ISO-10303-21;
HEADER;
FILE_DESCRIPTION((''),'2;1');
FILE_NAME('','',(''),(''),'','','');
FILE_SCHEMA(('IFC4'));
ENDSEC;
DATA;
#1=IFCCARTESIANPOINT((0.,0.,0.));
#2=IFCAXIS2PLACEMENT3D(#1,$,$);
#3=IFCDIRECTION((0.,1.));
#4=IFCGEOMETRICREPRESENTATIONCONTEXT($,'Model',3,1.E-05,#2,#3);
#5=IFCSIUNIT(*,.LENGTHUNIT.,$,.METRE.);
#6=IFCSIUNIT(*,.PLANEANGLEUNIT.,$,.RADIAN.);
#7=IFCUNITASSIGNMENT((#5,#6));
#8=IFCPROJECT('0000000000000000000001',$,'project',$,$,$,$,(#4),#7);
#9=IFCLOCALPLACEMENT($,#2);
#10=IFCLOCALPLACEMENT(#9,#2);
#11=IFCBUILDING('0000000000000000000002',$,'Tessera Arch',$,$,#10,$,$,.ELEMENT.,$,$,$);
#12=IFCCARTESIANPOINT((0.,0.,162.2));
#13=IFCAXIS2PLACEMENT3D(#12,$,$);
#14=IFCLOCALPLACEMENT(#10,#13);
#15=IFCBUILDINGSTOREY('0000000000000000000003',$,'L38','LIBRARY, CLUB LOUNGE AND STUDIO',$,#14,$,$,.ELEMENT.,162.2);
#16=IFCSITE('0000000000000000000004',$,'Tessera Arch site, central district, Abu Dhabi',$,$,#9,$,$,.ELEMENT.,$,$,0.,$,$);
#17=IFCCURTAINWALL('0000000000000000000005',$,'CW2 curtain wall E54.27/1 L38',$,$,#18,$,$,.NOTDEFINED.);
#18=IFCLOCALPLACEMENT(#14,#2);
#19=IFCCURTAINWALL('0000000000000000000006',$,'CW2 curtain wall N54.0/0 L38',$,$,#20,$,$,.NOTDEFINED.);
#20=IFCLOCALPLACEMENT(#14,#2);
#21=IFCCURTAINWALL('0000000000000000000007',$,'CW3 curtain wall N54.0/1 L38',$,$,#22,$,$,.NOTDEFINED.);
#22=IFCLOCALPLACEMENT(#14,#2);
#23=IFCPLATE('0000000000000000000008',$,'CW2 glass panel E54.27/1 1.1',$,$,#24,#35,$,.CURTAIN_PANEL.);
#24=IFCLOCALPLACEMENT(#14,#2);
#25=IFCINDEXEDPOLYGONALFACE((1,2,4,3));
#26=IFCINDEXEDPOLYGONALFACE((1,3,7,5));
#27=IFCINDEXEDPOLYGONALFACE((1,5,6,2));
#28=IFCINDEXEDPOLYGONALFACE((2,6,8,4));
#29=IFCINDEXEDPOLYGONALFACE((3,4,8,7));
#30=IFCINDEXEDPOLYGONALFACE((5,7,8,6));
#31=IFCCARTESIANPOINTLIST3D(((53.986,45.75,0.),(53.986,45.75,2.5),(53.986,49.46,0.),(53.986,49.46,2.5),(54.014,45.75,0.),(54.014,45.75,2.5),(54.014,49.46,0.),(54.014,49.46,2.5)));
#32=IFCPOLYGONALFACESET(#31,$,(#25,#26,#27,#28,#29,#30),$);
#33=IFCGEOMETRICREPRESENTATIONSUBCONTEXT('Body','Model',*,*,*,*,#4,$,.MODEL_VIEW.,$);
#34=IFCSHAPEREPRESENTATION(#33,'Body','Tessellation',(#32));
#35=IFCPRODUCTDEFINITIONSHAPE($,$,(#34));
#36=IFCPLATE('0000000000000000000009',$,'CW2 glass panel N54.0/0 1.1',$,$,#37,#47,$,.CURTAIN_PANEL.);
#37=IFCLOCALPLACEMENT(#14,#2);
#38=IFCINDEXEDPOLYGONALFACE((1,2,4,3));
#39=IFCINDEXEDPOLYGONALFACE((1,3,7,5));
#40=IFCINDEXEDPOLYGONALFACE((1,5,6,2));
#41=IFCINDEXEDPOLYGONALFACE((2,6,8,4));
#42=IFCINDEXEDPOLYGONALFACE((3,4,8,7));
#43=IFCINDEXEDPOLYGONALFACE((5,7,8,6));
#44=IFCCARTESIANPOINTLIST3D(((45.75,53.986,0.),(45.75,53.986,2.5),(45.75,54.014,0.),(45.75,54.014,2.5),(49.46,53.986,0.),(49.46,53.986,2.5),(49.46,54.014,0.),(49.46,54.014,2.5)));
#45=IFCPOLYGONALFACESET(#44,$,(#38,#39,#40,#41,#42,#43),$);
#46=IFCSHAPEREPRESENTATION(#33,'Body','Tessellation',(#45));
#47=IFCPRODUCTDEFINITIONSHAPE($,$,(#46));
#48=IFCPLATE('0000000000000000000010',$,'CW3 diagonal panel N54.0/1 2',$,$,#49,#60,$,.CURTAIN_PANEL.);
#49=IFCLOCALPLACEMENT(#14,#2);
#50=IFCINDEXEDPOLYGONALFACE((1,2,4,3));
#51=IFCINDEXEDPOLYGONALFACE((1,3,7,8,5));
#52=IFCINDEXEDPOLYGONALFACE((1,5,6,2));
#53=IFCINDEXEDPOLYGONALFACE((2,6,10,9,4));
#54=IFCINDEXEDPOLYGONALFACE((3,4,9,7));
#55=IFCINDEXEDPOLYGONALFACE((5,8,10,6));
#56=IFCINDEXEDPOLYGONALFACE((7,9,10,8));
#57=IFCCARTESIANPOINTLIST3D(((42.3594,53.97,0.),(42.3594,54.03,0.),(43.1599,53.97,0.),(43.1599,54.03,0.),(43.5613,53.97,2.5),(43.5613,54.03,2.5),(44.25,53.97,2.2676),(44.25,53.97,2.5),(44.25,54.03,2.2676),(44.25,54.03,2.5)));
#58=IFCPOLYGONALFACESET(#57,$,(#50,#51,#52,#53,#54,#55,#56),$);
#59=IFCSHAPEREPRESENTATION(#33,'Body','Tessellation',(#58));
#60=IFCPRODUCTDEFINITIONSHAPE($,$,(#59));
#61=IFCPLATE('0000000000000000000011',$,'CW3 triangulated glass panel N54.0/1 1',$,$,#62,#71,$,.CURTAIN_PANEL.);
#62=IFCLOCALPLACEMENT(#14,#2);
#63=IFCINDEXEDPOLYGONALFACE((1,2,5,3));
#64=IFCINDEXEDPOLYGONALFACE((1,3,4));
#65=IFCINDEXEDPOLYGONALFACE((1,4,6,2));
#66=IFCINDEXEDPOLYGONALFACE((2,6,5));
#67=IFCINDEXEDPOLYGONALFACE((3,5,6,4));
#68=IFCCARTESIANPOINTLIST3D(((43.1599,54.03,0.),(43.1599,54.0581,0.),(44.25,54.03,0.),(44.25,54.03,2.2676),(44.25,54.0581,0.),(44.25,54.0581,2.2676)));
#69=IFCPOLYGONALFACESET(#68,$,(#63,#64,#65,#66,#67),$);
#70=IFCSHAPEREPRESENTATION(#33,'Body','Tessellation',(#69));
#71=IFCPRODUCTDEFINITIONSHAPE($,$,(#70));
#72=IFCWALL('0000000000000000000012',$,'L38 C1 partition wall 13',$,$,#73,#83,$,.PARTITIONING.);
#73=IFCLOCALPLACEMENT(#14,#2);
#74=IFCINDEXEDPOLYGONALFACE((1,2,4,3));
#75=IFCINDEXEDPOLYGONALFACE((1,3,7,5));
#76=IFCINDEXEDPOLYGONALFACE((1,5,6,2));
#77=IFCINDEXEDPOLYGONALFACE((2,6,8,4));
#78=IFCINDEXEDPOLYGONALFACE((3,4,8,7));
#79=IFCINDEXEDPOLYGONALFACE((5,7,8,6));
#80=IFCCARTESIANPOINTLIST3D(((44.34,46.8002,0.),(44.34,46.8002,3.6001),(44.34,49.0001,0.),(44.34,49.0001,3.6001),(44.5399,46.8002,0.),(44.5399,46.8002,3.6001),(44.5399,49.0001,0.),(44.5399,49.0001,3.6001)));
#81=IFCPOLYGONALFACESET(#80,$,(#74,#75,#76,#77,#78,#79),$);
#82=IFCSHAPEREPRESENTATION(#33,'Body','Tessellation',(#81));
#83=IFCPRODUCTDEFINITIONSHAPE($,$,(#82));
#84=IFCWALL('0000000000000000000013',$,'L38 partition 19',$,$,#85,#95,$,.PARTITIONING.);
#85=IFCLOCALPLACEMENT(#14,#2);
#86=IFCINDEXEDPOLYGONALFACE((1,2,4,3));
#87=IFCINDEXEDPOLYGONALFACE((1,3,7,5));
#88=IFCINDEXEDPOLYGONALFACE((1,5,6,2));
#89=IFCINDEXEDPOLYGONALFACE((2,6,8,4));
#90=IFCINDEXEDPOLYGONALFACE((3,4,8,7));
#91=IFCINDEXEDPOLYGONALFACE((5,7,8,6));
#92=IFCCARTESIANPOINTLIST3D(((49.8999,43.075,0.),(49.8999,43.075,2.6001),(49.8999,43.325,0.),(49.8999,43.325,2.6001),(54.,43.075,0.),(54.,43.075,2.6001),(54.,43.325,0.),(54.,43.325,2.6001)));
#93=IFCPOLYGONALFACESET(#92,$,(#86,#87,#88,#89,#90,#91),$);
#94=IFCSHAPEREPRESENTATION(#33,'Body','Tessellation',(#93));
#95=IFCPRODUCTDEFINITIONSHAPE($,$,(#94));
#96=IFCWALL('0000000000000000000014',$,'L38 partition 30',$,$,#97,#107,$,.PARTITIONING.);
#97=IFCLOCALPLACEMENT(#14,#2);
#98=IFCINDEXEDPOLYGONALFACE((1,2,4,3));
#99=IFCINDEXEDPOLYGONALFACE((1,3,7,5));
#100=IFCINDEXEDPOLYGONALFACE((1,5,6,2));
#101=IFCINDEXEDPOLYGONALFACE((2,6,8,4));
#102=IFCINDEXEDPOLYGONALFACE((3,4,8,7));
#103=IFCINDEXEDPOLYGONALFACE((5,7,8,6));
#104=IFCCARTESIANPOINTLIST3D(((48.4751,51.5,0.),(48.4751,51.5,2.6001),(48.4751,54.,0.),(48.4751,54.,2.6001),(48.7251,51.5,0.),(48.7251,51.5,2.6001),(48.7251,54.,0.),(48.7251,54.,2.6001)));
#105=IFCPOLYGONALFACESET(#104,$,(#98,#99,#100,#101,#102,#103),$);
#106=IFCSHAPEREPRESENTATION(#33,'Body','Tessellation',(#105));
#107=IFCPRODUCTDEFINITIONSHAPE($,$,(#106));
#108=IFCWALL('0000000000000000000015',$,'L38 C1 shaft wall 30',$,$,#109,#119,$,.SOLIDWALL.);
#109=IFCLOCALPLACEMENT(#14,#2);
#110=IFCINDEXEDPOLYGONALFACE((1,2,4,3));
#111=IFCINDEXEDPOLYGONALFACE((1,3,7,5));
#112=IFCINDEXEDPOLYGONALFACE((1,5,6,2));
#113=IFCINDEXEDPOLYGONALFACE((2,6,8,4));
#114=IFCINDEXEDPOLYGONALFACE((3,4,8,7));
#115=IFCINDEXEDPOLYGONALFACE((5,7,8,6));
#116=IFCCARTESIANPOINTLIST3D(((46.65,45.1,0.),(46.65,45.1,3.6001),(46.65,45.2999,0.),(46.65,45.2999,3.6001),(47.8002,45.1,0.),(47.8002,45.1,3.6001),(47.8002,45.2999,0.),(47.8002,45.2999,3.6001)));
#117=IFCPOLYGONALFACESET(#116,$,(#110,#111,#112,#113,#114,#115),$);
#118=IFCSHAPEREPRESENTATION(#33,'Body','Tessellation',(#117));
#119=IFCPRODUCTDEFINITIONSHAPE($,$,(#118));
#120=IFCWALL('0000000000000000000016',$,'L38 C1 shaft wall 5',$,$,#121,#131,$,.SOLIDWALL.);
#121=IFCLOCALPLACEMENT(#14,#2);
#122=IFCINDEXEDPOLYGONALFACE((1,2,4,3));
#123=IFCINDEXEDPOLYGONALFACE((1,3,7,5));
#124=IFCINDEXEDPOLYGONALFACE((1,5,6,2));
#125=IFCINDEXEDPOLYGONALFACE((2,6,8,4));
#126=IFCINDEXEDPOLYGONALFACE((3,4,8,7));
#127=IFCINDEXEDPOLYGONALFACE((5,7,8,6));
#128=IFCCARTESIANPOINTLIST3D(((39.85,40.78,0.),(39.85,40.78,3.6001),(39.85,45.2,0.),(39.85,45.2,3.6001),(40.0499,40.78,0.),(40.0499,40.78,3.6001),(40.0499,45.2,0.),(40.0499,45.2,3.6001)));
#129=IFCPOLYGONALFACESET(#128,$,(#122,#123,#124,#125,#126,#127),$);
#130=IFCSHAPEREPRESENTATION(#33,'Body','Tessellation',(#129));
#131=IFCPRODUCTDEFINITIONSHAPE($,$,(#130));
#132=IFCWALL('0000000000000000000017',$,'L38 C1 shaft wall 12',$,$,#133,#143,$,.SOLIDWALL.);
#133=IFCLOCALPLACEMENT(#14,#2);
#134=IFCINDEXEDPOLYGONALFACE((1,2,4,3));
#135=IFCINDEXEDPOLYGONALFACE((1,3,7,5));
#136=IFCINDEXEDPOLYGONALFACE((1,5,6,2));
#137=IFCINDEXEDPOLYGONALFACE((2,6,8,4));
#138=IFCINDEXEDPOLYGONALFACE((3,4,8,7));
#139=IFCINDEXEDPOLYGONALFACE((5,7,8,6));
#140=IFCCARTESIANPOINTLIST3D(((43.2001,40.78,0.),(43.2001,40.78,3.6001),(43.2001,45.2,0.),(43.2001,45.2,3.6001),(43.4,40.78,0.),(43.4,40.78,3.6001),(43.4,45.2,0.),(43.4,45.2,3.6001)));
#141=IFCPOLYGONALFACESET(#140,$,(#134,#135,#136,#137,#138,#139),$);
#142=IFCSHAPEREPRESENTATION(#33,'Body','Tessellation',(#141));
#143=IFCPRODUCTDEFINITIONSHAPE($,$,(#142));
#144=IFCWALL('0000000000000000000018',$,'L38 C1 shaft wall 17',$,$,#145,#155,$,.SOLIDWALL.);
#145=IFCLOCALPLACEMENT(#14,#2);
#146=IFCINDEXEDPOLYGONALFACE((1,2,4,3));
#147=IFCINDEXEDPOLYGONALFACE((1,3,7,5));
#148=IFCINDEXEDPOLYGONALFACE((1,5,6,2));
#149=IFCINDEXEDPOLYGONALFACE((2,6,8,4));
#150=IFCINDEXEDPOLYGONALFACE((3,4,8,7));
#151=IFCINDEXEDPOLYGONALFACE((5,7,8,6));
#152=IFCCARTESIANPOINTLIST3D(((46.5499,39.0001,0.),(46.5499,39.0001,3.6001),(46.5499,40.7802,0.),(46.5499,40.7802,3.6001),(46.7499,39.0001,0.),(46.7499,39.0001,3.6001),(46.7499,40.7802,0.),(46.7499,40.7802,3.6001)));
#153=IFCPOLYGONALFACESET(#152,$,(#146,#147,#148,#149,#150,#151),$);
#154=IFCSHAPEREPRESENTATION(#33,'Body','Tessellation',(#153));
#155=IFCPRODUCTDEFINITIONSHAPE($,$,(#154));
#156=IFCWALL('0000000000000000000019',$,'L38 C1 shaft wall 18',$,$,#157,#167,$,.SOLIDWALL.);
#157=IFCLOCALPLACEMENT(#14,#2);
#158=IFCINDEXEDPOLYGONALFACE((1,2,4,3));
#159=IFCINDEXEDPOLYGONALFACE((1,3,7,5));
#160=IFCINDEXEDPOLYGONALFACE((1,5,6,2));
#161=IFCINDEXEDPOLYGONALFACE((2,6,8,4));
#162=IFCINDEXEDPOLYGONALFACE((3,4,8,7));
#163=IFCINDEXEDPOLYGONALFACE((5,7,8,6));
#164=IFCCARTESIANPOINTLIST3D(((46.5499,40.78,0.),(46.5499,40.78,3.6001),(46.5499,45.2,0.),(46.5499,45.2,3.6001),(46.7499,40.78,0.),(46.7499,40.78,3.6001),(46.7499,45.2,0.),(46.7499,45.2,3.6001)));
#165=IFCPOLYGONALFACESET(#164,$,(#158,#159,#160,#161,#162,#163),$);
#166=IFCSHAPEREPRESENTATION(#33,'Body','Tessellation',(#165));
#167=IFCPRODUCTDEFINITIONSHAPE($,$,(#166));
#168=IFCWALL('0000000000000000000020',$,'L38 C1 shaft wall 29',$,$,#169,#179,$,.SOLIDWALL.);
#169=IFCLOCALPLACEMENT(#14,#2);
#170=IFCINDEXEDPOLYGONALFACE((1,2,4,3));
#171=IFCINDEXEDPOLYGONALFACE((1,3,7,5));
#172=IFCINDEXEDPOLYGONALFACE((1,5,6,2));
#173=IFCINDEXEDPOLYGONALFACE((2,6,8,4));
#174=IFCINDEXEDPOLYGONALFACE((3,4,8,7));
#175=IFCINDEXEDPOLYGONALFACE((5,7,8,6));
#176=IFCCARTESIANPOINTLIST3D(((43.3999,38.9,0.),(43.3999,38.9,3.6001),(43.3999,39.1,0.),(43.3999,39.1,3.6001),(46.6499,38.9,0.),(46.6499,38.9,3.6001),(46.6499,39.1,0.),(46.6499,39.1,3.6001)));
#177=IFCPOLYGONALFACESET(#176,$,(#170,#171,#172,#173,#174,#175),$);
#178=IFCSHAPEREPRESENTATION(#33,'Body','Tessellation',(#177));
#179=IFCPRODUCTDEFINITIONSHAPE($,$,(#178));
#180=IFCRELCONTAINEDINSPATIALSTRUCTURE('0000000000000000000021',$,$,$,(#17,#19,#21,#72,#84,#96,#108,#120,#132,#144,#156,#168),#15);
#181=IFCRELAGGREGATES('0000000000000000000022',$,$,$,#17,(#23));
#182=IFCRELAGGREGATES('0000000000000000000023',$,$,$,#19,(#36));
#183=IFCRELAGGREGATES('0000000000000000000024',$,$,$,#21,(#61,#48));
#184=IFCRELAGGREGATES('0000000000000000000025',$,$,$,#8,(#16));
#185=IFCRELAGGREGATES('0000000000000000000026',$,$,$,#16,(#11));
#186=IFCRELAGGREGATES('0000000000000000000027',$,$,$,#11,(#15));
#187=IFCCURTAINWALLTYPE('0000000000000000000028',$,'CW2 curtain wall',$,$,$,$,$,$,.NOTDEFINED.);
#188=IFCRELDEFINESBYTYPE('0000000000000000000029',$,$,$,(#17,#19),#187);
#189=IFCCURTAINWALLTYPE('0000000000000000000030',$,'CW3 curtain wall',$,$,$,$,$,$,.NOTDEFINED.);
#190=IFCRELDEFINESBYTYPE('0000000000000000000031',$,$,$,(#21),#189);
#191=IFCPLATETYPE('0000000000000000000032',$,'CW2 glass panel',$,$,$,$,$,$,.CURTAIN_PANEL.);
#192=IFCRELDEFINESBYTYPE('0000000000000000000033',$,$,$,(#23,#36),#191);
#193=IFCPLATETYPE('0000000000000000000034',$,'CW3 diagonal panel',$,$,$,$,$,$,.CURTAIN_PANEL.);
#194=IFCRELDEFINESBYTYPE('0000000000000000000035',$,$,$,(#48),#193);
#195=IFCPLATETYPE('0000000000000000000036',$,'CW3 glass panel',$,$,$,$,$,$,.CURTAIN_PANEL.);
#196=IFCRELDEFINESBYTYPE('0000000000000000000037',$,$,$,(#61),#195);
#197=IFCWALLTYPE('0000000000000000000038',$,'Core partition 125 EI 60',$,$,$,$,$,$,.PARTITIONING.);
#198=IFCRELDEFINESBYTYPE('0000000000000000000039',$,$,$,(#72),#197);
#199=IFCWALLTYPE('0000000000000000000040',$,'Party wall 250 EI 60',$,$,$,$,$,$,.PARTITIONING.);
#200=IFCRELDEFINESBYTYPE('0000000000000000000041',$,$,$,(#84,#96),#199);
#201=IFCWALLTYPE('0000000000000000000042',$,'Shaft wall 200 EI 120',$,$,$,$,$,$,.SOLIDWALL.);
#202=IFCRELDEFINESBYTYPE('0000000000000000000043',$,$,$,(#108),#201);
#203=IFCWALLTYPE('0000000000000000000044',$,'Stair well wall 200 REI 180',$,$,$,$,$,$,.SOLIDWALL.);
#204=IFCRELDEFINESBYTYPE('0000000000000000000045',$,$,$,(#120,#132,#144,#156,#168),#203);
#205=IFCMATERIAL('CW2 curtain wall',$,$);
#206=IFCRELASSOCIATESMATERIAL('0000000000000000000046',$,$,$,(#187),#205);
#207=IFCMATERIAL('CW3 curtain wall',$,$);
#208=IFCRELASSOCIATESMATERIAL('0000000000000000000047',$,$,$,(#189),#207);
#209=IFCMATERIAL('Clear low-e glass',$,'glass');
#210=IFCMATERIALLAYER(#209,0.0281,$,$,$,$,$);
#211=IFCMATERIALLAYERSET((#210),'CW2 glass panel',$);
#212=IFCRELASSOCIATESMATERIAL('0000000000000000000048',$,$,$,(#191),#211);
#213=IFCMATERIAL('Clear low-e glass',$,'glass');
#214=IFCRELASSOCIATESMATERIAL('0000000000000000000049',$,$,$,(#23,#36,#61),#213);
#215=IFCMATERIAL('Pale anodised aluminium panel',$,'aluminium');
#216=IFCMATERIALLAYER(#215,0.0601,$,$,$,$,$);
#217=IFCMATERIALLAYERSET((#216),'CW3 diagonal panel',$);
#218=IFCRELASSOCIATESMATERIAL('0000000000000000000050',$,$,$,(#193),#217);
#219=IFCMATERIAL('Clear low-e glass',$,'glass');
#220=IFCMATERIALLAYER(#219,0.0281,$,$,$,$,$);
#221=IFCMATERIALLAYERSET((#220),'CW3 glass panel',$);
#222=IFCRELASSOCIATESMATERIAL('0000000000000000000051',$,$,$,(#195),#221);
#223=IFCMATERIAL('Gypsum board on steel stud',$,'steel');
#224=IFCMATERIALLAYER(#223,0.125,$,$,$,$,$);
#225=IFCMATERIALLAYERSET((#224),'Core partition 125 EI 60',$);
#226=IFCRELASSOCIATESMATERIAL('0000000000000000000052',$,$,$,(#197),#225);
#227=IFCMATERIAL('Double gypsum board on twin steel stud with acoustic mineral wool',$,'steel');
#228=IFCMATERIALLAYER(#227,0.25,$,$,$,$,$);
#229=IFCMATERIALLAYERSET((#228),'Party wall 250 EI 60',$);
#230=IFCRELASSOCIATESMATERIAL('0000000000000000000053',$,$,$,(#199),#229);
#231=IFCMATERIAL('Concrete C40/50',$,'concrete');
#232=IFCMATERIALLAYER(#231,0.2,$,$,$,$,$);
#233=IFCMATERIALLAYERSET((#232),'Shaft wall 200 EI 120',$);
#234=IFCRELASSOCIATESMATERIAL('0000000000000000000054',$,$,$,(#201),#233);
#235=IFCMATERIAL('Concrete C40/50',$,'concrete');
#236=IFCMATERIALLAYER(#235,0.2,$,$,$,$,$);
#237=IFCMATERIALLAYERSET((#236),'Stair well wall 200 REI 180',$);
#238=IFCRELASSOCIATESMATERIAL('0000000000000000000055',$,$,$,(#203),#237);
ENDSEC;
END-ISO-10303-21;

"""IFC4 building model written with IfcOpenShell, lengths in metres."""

from ifc_helpers import new_model, si_unit, direction, frame, frame_2d, origin, origin_2d, place, context, subcontext, project, spatial, polyline, rectangle, outline, extrude, material, layer, layer_set, type_object, element, aggregate, save


model = new_model("IFC4")

# Units and contexts
model_context = context("Model", 3, precision=1e-05, world=origin(), true_north=direction((0.0, 1.0)))
body_context = subcontext(model_context, "Body", "Model", "MODEL_VIEW")
ifc_project = project(units=[si_unit("LENGTHUNIT", "METRE"), si_unit("PLANEANGLEUNIT", "RADIAN")], contexts=[model_context])

# Site, building, storey
site_placement = place(None, origin())
site = spatial("IfcSite", under=ifc_project, at=site_placement, Name="Tessera Arch site, central district, Abu Dhabi", CompositionType="ELEMENT", RefElevation=0.0)
building_placement = place(site_placement, origin())
building = spatial("IfcBuilding", under=site, at=building_placement, Name="Tessera Arch", CompositionType="ELEMENT")
storey_placement = place(building_placement, frame((0.0, 0.0, 162.2)))
storey = spatial("IfcBuildingStorey", under=building, at=storey_placement, Name="L38", Description="LIBRARY, CLUB LOUNGE AND STUDIO", CompositionType="ELEMENT", Elevation=162.2)

# Curtain walls
ifc_material_1 = material(Name="CW2 curtain wall")
curtain_wall_type_1 = type_object("IfcCurtainWallType", Name="CW2 curtain wall", PredefinedType="NOTDEFINED", material=ifc_material_1)
curtain_wall_1_placement = place(storey_placement, origin())
curtain_wall_1 = element("IfcCurtainWall", 1, at=curtain_wall_1_placement, inside=storey, type_object=curtain_wall_type_1, Name="CW2 curtain wall E54.27/1 L38", PredefinedType="NOTDEFINED")
curtain_wall_2_placement = place(storey_placement, origin())
curtain_wall_2 = element("IfcCurtainWall", 2, at=curtain_wall_2_placement, inside=storey, type_object=curtain_wall_type_1, Name="CW2 curtain wall N54.0/0 L38", PredefinedType="NOTDEFINED")
ifc_material_2 = material(Name="CW3 curtain wall")
curtain_wall_type_2 = type_object("IfcCurtainWallType", Name="CW3 curtain wall", PredefinedType="NOTDEFINED", material=ifc_material_2)
curtain_wall_3_placement = place(storey_placement, origin())
curtain_wall_3 = element("IfcCurtainWall", 3, at=curtain_wall_3_placement, inside=storey, type_object=curtain_wall_type_2, Name="CW3 curtain wall N54.0/1 L38", PredefinedType="NOTDEFINED")

# Plates
ifc_material_3 = material(Name="Clear low-e glass", Category="glass")
ifc_material_4 = material(Name="Clear low-e glass", Category="glass")
ifc_layer_1 = layer(ifc_material_4, 0.0281)
ifc_layer_set_1 = layer_set([ifc_layer_1], Name="CW2 glass panel")
plate_type_1 = type_object("IfcPlateType", Name="CW2 glass panel", PredefinedType="CURTAIN_PANEL", material=ifc_layer_set_1)
plate_1_placement = place(storey_placement, frame((54.0, 47.605, 0.0), z_axis=(0.0, 0.0, 1.0), x_axis=(0.0, 1.0, 0.0)))
plate_1 = element("IfcPlate", 4, at=plate_1_placement, type_object=plate_type_1, material=ifc_material_3, Name="CW2 glass panel E54.27/1 1.1", PredefinedType="CURTAIN_PANEL", context=body_context, shape_type="SweptSolid", body=[
    extrude(rectangle(XDim=3.71, YDim=0.0281, at=origin_2d()), origin(), (0.0, 0.0, 1.0), 2.5),
])
aggregate(curtain_wall_1, [plate_1])
plate_2_placement = place(storey_placement, frame((47.605, 54.0, 0.0), z_axis=(0.0, 0.0, 1.0), x_axis=(-1.0, 0.0, 0.0)))
plate_2 = element("IfcPlate", 5, at=plate_2_placement, type_object=plate_type_1, material=ifc_material_3, Name="CW2 glass panel N54.0/0 1.1", PredefinedType="CURTAIN_PANEL", context=body_context, shape_type="SweptSolid", body=[
    extrude(rectangle(XDim=3.71, YDim=0.0281, at=origin_2d()), origin(), (0.0, 0.0, 1.0), 2.5),
])
aggregate(curtain_wall_2, [plate_2])
ifc_material_5 = material(Name="Pale anodised aluminium panel", Category="aluminium")
ifc_layer_2 = layer(ifc_material_5, 0.0601)
ifc_layer_set_2 = layer_set([ifc_layer_2], Name="CW3 diagonal panel")
plate_type_2 = type_object("IfcPlateType", Name="CW3 diagonal panel", PredefinedType="CURTAIN_PANEL", material=ifc_layer_set_2)
plate_3_placement = place(storey_placement, frame((44.25, 54.03, 2.5), z_axis=(0.0, 1.0, 0.0), x_axis=(0.0, 0.0, -1.0)))
plate_3 = element("IfcPlate", 6, at=plate_3_placement, type_object=plate_type_2, Name="CW3 diagonal panel N54.0/1 2", PredefinedType="CURTAIN_PANEL", context=body_context, shape_type="SweptSolid", body=[
    extrude(outline(polyline([(0.0, 0.0), (0.2324, 0.0), (2.5, 1.0901), (2.5, 1.8906), (0.0, 0.6887), (0.0, 0.0)])), origin(), (0.0, 0.0, -1.0), 0.0601),
])
ifc_material_6 = material(Name="Clear low-e glass", Category="glass")
ifc_layer_3 = layer(ifc_material_6, 0.0281)
ifc_layer_set_3 = layer_set([ifc_layer_3], Name="CW3 glass panel")
plate_type_3 = type_object("IfcPlateType", Name="CW3 glass panel", PredefinedType="CURTAIN_PANEL", material=ifc_layer_set_3)
plate_4_placement = place(storey_placement, frame((44.25, 54.0581, 0.0), z_axis=(0.0, 1.0, 0.0), x_axis=(-1.0, 0.0, 0.0)))
plate_4 = element("IfcPlate", 7, at=plate_4_placement, type_object=plate_type_3, material=ifc_material_3, Name="CW3 triangulated glass panel N54.0/1 1", PredefinedType="CURTAIN_PANEL", context=body_context, shape_type="SweptSolid", body=[
    extrude(outline(polyline([(0.0, 0.0), (1.0901, 0.0), (0.0, 2.2676), (0.0, 0.0)])), origin(), (0.0, 0.0, -1.0), 0.0281),
])
aggregate(curtain_wall_3, [plate_4, plate_3])

# Walls
ifc_material_7 = material(Name="Gypsum board on steel stud", Category="steel")
ifc_layer_4 = layer(ifc_material_7, 0.125)
ifc_layer_set_4 = layer_set([ifc_layer_4], Name="Core partition 125 EI 60")
wall_type_1 = type_object("IfcWallType", Name="Core partition 125 EI 60", PredefinedType="PARTITIONING", material=ifc_layer_set_4)
wall_1_placement = place(storey_placement, frame((44.4399, 46.8, 0.0), z_axis=(0.0, 0.0, 1.0), x_axis=(0.0, 1.0, 0.0)))
element("IfcWall", 8, at=wall_1_placement, inside=storey, type_object=wall_type_1, Name="L38 C1 partition wall 13", PredefinedType="PARTITIONING", context=body_context, shape_type="SweptSolid", body=[
    extrude(rectangle(XDim=2.2, YDim=0.2, at=frame_2d((1.1001, 0.0))), origin(), (0.0, 0.0, 1.0), 3.6001),
])
ifc_material_8 = material(Name="Double gypsum board on twin steel stud with acoustic mineral wool", Category="steel")
ifc_layer_5 = layer(ifc_material_8, 0.25)
ifc_layer_set_5 = layer_set([ifc_layer_5], Name="Party wall 250 EI 60")
wall_type_2 = type_object("IfcWallType", Name="Party wall 250 EI 60", PredefinedType="PARTITIONING", material=ifc_layer_set_5)
wall_2_placement = place(storey_placement, frame((49.8999, 43.2, 0.0), z_axis=(0.0, 0.0, 1.0), x_axis=(1.0, 0.0, 0.0)))
element("IfcWall", 9, at=wall_2_placement, inside=storey, type_object=wall_type_2, Name="L38 partition 19", PredefinedType="PARTITIONING", context=body_context, shape_type="SweptSolid", body=[
    extrude(rectangle(XDim=4.1001, YDim=0.25, at=frame_2d((2.05, 0.0))), origin(), (0.0, 0.0, 1.0), 2.6001),
])
wall_3_placement = place(storey_placement, frame((48.6001, 51.5, 0.0), z_axis=(0.0, 0.0, 1.0), x_axis=(0.0, 1.0, 0.0)))
element("IfcWall", 10, at=wall_3_placement, inside=storey, type_object=wall_type_2, Name="L38 partition 30", PredefinedType="PARTITIONING", context=body_context, shape_type="SweptSolid", body=[
    extrude(rectangle(XDim=2.5, YDim=0.25, at=frame_2d((1.25, 0.0))), origin(), (0.0, 0.0, 1.0), 2.6001),
])
ifc_material_9 = material(Name="Concrete C40/50", Category="concrete")
ifc_layer_6 = layer(ifc_material_9, 0.2)
ifc_layer_set_6 = layer_set([ifc_layer_6], Name="Shaft wall 200 EI 120")
wall_type_3 = type_object("IfcWallType", Name="Shaft wall 200 EI 120", PredefinedType="SOLIDWALL", material=ifc_layer_set_6)
wall_4_placement = place(storey_placement, frame((46.6499, 45.2, 0.0), z_axis=(0.0, 0.0, 1.0), x_axis=(1.0, 0.0, 0.0)))
element("IfcWall", 11, at=wall_4_placement, inside=storey, type_object=wall_type_3, Name="L38 C1 shaft wall 30", PredefinedType="SOLIDWALL", context=body_context, shape_type="SweptSolid", body=[
    extrude(rectangle(XDim=1.1501, YDim=0.2, at=frame_2d((0.5752, 0.0))), origin(), (0.0, 0.0, 1.0), 3.6001),
])
ifc_material_10 = material(Name="Concrete C40/50", Category="concrete")
ifc_layer_7 = layer(ifc_material_10, 0.2)
ifc_layer_set_7 = layer_set([ifc_layer_7], Name="Stair well wall 200 REI 180")
wall_type_4 = type_object("IfcWallType", Name="Stair well wall 200 REI 180", PredefinedType="SOLIDWALL", material=ifc_layer_set_7)
for number, where, z_axis, x_axis, name in (
    (12, (39.95, 40.78, 0.0), (0.0, 0.0, 1.0), (0.0, 1.0, 0.0), "L38 C1 shaft wall 5"),
    (13, (43.3, 40.78, 0.0), (0.0, 0.0, 1.0), (0.0, 1.0, 0.0), "L38 C1 shaft wall 12"),
):
    element("IfcWall", number, at=place(storey_placement, frame(where, z_axis=z_axis, x_axis=x_axis)), inside=storey, type_object=wall_type_4, Name=name, PredefinedType="SOLIDWALL", context=body_context, shape_type="SweptSolid", body=[
        extrude(rectangle(XDim=4.4199, YDim=0.2, at=frame_2d((2.21, 0.0))), origin(), (0.0, 0.0, 1.0), 3.6001),
    ])
wall_5_placement = place(storey_placement, frame((46.6499, 39.0, 0.0), z_axis=(0.0, 0.0, 1.0), x_axis=(0.0, 1.0, 0.0)))
element("IfcWall", 14, at=wall_5_placement, inside=storey, type_object=wall_type_4, Name="L38 C1 shaft wall 17", PredefinedType="SOLIDWALL", context=body_context, shape_type="SweptSolid", body=[
    extrude(rectangle(XDim=1.78, YDim=0.2, at=frame_2d((0.8901, 0.0))), origin(), (0.0, 0.0, 1.0), 3.6001),
])
wall_6_placement = place(storey_placement, frame((46.6499, 40.78, 0.0), z_axis=(0.0, 0.0, 1.0), x_axis=(0.0, 1.0, 0.0)))
element("IfcWall", 15, at=wall_6_placement, inside=storey, type_object=wall_type_4, Name="L38 C1 shaft wall 18", PredefinedType="SOLIDWALL", context=body_context, shape_type="SweptSolid", body=[
    extrude(rectangle(XDim=4.4199, YDim=0.2, at=frame_2d((2.21, 0.0))), origin(), (0.0, 0.0, 1.0), 3.6001),
])
wall_7_placement = place(storey_placement, frame((43.3999, 39.0, 0.0), z_axis=(0.0, 0.0, 1.0), x_axis=(1.0, 0.0, 0.0)))
element("IfcWall", 16, at=wall_7_placement, inside=storey, type_object=wall_type_4, Name="L38 C1 shaft wall 29", PredefinedType="SOLIDWALL", context=body_context, shape_type="SweptSolid", body=[
    extrude(rectangle(XDim=3.25, YDim=0.2, at=frame_2d((1.625, 0.0))), origin(), (0.0, 0.0, 1.0), 3.6001),
])

save(model, "model.ifc")
